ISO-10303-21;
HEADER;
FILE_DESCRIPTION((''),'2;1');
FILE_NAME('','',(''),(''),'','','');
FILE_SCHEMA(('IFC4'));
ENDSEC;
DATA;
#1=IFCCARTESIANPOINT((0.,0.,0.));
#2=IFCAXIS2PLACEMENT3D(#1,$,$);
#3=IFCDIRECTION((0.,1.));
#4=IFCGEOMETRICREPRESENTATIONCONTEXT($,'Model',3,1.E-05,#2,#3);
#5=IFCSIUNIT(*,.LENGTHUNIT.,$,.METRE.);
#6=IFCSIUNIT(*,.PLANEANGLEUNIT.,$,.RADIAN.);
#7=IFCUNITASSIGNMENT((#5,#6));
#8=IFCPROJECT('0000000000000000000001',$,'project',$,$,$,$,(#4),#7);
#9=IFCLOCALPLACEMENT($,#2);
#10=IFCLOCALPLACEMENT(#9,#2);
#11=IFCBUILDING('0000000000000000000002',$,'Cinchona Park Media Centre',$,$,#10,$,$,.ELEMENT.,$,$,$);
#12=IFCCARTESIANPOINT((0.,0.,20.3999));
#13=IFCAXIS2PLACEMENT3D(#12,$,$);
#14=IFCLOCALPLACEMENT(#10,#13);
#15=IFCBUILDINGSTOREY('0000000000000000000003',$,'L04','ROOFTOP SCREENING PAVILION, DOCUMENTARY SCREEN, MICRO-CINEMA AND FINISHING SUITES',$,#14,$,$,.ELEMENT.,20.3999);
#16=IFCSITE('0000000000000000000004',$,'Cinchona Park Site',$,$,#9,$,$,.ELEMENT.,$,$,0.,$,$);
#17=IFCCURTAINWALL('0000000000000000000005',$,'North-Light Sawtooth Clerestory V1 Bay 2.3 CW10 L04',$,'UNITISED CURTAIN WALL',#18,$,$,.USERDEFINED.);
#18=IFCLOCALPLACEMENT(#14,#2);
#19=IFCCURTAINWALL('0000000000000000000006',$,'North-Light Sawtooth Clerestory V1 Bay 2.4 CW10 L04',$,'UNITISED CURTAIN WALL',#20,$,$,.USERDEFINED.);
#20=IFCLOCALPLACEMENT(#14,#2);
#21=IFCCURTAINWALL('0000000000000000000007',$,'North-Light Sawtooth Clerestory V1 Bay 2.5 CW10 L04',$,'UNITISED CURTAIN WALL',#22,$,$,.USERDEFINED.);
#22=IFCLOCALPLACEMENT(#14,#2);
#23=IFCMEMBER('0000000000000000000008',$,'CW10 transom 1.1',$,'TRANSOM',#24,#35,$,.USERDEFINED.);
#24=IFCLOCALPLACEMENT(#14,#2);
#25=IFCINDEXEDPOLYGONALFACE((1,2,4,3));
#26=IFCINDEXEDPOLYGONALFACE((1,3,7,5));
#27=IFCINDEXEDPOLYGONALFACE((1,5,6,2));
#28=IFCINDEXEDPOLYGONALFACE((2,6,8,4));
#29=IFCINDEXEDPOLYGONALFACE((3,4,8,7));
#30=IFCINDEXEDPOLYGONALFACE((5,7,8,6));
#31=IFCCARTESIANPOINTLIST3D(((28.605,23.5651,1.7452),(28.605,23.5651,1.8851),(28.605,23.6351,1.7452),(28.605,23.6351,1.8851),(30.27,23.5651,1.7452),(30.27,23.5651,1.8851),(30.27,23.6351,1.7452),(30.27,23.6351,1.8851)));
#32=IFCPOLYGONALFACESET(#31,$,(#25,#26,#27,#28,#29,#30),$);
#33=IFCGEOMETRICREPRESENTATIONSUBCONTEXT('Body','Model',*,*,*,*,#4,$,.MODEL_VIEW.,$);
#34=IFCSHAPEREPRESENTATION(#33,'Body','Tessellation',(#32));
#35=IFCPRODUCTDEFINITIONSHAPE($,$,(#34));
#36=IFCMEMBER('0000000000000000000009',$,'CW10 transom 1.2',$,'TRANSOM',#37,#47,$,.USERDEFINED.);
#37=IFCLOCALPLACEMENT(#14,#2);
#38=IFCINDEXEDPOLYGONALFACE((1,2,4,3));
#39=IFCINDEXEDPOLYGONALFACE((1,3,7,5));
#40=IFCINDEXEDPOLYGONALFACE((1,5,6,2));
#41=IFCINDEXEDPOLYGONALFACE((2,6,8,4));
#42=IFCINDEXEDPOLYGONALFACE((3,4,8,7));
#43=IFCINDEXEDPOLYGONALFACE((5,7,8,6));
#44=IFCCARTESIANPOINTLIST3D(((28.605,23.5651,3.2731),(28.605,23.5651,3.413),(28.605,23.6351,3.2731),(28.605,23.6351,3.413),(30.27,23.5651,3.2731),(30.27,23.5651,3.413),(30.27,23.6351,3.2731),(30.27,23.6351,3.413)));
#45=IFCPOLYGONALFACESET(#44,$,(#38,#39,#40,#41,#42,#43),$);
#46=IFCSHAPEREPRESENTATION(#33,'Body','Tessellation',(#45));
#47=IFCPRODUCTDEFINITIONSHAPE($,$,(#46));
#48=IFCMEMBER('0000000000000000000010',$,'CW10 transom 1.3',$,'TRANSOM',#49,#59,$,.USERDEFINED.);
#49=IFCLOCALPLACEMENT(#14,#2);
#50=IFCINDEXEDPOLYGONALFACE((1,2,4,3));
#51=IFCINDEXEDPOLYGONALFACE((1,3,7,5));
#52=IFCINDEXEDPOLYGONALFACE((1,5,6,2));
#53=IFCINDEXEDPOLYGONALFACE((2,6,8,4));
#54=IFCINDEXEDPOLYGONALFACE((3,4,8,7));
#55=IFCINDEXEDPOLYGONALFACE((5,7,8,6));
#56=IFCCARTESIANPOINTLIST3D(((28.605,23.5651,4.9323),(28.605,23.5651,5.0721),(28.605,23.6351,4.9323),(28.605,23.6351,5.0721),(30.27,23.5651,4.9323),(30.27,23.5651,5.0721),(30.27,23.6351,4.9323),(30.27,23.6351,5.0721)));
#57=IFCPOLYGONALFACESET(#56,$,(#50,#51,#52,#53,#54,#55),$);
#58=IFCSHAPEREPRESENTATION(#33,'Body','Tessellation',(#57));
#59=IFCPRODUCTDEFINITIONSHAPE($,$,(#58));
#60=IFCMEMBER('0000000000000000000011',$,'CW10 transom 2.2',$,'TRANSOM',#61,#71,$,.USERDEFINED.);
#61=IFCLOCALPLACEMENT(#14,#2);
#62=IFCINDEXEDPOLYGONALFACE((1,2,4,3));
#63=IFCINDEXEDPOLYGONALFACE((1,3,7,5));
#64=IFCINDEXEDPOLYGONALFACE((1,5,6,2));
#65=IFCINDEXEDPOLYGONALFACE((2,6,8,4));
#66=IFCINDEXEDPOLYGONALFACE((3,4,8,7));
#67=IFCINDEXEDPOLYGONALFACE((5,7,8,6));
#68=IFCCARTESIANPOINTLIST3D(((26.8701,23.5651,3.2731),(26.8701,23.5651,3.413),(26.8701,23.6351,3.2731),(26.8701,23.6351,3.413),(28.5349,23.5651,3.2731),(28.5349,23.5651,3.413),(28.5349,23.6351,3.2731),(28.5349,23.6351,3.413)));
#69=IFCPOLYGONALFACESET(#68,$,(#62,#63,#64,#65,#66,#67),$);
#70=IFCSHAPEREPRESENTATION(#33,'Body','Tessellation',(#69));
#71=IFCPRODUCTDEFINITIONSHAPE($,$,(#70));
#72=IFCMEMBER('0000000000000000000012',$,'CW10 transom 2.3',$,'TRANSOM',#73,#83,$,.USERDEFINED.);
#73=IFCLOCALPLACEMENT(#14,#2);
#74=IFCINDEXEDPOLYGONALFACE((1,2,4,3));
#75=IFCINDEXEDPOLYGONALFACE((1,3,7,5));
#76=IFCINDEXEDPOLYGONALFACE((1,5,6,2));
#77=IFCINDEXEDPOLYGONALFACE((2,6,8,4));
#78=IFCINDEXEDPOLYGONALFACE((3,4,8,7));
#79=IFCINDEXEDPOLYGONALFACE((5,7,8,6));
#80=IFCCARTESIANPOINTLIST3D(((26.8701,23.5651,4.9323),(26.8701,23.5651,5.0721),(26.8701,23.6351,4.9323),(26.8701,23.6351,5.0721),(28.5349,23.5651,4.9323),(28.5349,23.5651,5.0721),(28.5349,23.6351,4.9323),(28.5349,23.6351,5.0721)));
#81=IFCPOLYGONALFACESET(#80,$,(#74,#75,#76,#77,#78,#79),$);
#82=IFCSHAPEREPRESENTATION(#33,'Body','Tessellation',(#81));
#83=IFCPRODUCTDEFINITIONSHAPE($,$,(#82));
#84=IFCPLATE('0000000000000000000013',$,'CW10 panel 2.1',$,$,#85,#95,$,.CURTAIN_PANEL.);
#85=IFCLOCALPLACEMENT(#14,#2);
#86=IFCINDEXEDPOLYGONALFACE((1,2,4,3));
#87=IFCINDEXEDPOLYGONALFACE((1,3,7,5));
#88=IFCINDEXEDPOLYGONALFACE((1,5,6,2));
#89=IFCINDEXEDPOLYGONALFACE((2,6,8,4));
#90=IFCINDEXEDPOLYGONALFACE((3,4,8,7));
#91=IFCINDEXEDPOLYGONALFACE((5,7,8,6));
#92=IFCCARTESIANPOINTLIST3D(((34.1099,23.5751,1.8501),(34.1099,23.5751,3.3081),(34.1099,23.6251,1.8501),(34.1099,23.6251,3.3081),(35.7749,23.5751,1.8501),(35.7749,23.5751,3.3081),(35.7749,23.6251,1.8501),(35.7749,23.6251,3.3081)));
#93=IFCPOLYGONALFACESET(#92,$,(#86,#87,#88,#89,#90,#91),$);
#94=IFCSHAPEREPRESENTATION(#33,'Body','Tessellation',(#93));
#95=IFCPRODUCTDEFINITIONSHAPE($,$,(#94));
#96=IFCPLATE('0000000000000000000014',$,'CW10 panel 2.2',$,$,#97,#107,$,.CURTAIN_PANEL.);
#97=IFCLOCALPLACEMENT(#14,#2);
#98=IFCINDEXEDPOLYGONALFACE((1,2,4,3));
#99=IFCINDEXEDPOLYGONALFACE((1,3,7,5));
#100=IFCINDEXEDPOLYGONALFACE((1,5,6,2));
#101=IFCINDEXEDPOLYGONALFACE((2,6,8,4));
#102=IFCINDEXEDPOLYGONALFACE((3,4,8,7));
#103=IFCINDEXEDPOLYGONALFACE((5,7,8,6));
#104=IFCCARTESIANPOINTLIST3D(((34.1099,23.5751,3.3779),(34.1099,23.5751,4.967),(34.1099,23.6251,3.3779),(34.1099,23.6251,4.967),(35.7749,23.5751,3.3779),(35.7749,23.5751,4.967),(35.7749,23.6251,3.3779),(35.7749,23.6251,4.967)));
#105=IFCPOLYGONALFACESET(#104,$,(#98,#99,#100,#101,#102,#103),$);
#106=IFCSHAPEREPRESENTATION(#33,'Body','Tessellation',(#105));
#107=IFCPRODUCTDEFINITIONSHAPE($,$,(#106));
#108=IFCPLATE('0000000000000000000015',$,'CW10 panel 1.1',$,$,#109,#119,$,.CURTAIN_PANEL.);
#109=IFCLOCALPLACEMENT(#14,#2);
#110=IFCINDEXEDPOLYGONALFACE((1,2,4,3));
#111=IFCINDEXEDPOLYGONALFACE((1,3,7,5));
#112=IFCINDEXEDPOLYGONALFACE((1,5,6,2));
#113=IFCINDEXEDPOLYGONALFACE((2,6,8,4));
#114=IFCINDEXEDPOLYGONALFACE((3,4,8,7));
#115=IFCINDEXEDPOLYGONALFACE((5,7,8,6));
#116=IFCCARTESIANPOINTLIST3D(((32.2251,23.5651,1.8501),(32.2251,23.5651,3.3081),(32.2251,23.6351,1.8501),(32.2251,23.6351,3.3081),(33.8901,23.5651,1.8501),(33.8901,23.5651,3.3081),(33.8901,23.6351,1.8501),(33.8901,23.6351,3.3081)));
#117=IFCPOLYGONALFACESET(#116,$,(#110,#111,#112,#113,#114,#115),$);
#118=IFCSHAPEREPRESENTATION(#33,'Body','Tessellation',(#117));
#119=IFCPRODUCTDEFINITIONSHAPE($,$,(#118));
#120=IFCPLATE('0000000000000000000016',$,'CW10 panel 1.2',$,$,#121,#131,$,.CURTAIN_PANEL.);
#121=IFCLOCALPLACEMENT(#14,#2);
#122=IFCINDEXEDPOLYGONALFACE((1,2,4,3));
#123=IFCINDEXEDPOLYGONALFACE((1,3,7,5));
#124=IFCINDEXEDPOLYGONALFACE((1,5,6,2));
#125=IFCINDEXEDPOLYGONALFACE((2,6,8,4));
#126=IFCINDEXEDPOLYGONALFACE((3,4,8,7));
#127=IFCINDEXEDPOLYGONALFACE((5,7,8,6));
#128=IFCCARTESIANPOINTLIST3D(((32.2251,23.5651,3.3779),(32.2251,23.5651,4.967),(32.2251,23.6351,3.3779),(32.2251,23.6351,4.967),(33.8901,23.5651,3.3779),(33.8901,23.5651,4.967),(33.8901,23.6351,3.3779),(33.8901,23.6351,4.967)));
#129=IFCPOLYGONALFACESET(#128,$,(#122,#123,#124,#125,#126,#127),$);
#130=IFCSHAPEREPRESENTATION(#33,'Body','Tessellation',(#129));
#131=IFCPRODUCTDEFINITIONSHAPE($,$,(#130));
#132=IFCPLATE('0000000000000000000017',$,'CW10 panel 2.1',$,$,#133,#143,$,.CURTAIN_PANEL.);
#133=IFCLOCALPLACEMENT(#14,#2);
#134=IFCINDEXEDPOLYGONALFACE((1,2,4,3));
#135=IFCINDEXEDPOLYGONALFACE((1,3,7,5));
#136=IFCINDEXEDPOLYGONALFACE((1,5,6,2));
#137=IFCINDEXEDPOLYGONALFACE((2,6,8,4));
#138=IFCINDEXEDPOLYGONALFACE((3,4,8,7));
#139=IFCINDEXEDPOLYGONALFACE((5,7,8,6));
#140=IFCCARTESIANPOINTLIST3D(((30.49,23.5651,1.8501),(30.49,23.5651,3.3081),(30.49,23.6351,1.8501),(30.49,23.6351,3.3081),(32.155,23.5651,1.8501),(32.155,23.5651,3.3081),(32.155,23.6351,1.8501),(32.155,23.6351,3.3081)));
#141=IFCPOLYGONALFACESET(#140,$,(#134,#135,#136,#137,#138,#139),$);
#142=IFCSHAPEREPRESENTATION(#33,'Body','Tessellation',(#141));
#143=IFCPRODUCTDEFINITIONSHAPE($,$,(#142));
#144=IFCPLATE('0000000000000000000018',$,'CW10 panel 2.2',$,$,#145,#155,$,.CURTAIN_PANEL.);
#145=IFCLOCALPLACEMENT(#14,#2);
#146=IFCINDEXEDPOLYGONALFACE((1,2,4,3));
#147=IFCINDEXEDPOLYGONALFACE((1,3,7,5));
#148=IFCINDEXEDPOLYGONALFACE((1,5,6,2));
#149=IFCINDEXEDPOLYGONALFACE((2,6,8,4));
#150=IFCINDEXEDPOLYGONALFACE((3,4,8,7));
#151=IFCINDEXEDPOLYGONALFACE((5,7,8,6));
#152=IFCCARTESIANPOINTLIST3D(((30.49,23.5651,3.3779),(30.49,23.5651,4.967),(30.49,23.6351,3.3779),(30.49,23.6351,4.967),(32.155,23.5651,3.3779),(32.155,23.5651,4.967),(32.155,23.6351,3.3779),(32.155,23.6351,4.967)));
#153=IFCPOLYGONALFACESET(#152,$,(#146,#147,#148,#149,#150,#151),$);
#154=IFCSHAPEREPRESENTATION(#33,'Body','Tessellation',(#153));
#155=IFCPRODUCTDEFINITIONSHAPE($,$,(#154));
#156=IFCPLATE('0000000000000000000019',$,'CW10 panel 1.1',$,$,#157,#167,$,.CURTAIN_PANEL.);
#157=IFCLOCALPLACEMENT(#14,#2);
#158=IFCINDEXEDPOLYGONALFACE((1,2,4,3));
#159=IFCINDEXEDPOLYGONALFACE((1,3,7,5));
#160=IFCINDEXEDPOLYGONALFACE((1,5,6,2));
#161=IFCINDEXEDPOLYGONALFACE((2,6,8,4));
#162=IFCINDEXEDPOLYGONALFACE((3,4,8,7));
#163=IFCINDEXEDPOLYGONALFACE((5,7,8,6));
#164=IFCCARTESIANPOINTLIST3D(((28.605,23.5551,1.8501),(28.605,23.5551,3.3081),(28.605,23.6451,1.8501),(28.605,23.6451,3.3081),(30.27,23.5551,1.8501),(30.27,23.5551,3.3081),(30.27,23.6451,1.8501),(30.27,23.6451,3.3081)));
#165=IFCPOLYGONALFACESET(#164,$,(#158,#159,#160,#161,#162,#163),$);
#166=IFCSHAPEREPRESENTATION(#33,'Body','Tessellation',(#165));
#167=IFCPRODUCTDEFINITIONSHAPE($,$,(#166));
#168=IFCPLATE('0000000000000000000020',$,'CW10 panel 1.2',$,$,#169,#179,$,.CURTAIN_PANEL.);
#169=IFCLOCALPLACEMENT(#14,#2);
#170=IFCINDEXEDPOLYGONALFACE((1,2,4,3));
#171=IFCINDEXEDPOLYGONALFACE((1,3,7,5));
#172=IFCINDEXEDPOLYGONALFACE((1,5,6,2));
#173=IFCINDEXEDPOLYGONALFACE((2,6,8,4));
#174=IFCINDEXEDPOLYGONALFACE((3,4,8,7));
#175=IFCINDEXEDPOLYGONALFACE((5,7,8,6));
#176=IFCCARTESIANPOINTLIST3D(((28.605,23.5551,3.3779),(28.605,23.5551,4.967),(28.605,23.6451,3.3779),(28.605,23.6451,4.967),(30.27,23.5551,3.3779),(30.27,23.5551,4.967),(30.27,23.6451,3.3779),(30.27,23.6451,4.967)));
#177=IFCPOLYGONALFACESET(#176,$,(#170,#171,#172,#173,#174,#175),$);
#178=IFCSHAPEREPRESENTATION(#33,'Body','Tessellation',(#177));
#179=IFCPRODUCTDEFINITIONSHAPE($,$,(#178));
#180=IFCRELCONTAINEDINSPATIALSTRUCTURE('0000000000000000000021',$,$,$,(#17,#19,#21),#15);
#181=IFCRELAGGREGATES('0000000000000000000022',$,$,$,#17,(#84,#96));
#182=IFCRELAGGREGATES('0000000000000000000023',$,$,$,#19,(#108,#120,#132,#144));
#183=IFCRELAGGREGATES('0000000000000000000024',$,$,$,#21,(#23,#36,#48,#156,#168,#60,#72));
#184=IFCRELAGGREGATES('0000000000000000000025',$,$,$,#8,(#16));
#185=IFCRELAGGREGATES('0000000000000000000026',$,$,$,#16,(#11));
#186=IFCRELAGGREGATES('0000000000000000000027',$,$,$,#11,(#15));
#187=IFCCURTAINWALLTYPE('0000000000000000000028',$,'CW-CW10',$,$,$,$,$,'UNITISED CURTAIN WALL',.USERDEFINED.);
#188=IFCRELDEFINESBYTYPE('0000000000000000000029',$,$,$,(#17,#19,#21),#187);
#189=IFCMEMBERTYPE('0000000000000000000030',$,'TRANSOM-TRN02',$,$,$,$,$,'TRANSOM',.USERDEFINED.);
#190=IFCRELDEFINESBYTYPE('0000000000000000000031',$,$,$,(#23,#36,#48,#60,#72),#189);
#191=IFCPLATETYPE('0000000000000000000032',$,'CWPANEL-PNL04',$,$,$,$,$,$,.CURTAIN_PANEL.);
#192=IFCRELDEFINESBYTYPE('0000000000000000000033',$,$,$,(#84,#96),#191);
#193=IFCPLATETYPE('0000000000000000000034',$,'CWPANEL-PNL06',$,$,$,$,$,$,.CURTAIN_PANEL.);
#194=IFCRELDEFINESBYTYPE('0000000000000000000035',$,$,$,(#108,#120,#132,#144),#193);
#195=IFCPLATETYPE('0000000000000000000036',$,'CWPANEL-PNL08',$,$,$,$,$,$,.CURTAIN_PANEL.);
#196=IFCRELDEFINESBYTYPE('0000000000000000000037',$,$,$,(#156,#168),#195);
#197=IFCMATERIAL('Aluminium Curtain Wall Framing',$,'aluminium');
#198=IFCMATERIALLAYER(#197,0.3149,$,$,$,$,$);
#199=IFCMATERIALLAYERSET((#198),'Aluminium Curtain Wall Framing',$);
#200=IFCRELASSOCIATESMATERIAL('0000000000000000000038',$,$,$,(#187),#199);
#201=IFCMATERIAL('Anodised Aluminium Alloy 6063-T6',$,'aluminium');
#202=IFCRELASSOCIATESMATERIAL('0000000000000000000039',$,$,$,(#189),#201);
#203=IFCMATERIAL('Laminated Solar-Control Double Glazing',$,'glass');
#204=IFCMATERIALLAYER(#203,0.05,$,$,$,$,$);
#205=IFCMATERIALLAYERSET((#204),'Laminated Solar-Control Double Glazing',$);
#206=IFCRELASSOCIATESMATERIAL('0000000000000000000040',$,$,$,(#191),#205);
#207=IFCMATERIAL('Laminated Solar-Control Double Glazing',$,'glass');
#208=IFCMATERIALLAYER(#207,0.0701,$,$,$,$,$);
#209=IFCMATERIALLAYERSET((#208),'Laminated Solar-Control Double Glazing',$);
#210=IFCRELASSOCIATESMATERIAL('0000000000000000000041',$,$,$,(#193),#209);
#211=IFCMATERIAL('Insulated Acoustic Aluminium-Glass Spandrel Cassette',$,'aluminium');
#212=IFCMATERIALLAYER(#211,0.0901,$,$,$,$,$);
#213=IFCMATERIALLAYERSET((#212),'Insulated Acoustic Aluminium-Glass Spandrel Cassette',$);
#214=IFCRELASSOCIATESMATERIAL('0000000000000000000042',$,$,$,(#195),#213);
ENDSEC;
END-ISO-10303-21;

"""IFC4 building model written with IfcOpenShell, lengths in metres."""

from ifc_helpers import new_model, si_unit, direction, frame, origin, origin_2d, place, context, subcontext, project, spatial, rectangle, extrude, material, layer, layer_set, material_profile, profile_set, type_object, element, aggregate, save


model = new_model("IFC4")

# Units and contexts
model_context = context("Model", 3, precision=1e-05, world=origin(), true_north=direction((0.0, 1.0)))
body_context = subcontext(model_context, "Body", "Model", "MODEL_VIEW")
ifc_project = project(units=[si_unit("LENGTHUNIT", "METRE"), si_unit("PLANEANGLEUNIT", "RADIAN")], contexts=[model_context])

# Site, building, storey
site_placement = place(None, origin())
site = spatial("IfcSite", under=ifc_project, at=site_placement, Name="Cinchona Park Site", CompositionType="ELEMENT", RefElevation=0.0)
building_placement = place(site_placement, origin())
building = spatial("IfcBuilding", under=site, at=building_placement, Name="Cinchona Park Media Centre", CompositionType="ELEMENT")
storey_placement = place(building_placement, frame((0.0, 0.0, 20.3999)))
storey = spatial("IfcBuildingStorey", under=building, at=storey_placement, Name="L04", Description="ROOFTOP SCREENING PAVILION, DOCUMENTARY SCREEN, MICRO-CINEMA AND FINISHING SUITES", CompositionType="ELEMENT", Elevation=20.3999)

# Curtain wall
ifc_material_1 = material(Name="Aluminium Curtain Wall Framing", Category="aluminium")
ifc_layer_1 = layer(ifc_material_1, 0.3149)
ifc_layer_set_1 = layer_set([ifc_layer_1], Name="Aluminium Curtain Wall Framing")
curtain_wall_type = type_object("IfcCurtainWallType", Name="CW-CW10", ElementType="UNITISED CURTAIN WALL", PredefinedType="USERDEFINED", material=ifc_layer_set_1)
curtain_wall_1_placement = place(storey_placement, origin())
curtain_wall_1 = element("IfcCurtainWall", 1, at=curtain_wall_1_placement, inside=storey, type_object=curtain_wall_type, Name="North-Light Sawtooth Clerestory V1 Bay 2.3 CW10 L04", ObjectType="UNITISED CURTAIN WALL", PredefinedType="USERDEFINED")

# Curtain walls
curtain_wall_2_placement = place(storey_placement, origin())
curtain_wall_2 = element("IfcCurtainWall", 2, at=curtain_wall_2_placement, inside=storey, type_object=curtain_wall_type, Name="North-Light Sawtooth Clerestory V1 Bay 2.4 CW10 L04", ObjectType="UNITISED CURTAIN WALL", PredefinedType="USERDEFINED")
curtain_wall_3_placement = place(storey_placement, origin())
curtain_wall_3 = element("IfcCurtainWall", 3, at=curtain_wall_3_placement, inside=storey, type_object=curtain_wall_type, Name="North-Light Sawtooth Clerestory V1 Bay 2.5 CW10 L04", ObjectType="UNITISED CURTAIN WALL", PredefinedType="USERDEFINED")

# Members
ifc_material_2 = material(Name="Anodised Aluminium Alloy 6063-T6", Category="aluminium")
ifc_material_profile_1 = material_profile(ifc_material_2, rectangle(XDim=0.0701, YDim=0.1399, at=origin_2d()), Name="TRN-70X140")
ifc_profile_set_1 = profile_set([ifc_material_profile_1], Name="Anodised Aluminium Alloy 6063-T6")
member_type_1 = type_object("IfcMemberType", Name="TRANSOM-TRN02", ElementType="TRANSOM", PredefinedType="USERDEFINED", material=ifc_profile_set_1)
member_1_placement = place(storey_placement, frame((30.27, 23.6001, 1.8152), z_axis=(-1.0, 0.0, 0.0), x_axis=(0.0, -1.0, 0.0)))
member_1 = element("IfcMember", 4, at=member_1_placement, type_object=member_type_1, Name="CW10 transom 1.1", ObjectType="TRANSOM", PredefinedType="USERDEFINED", context=body_context, shape_type="SweptSolid", body=[
    extrude(rectangle(XDim=0.0701, YDim=0.1399, at=origin_2d()), origin(), (0.0, 0.0, 1.0), 1.665),
])
member_2_placement = place(storey_placement, frame((30.27, 23.6001, 3.343), z_axis=(-1.0, 0.0, 0.0), x_axis=(0.0, -1.0, 0.0)))
member_2 = element("IfcMember", 5, at=member_2_placement, type_object=member_type_1, Name="CW10 transom 1.2", ObjectType="TRANSOM", PredefinedType="USERDEFINED", context=body_context, shape_type="SweptSolid", body=[
    extrude(rectangle(XDim=0.0701, YDim=0.1399, at=origin_2d()), origin(), (0.0, 0.0, 1.0), 1.665),
])
member_3_placement = place(storey_placement, frame((30.27, 23.6001, 5.0022), z_axis=(-1.0, 0.0, 0.0), x_axis=(0.0, -1.0, 0.0)))
member_3 = element("IfcMember", 6, at=member_3_placement, type_object=member_type_1, Name="CW10 transom 1.3", ObjectType="TRANSOM", PredefinedType="USERDEFINED", context=body_context, shape_type="SweptSolid", body=[
    extrude(rectangle(XDim=0.0701, YDim=0.1399, at=origin_2d()), origin(), (0.0, 0.0, 1.0), 1.665),
])
member_4_placement = place(storey_placement, frame((28.5349, 23.6001, 3.343), z_axis=(-1.0, 0.0, 0.0), x_axis=(0.0, -1.0, 0.0)))
member_4 = element("IfcMember", 7, at=member_4_placement, type_object=member_type_1, Name="CW10 transom 2.2", ObjectType="TRANSOM", PredefinedType="USERDEFINED", context=body_context, shape_type="SweptSolid", body=[
    extrude(rectangle(XDim=0.0701, YDim=0.1399, at=origin_2d()), origin(), (0.0, 0.0, 1.0), 1.6648),
])
member_5_placement = place(storey_placement, frame((28.5349, 23.6001, 5.0022), z_axis=(-1.0, 0.0, 0.0), x_axis=(0.0, -1.0, 0.0)))
member_5 = element("IfcMember", 8, at=member_5_placement, type_object=member_type_1, Name="CW10 transom 2.3", ObjectType="TRANSOM", PredefinedType="USERDEFINED", context=body_context, shape_type="SweptSolid", body=[
    extrude(rectangle(XDim=0.0701, YDim=0.1399, at=origin_2d()), origin(), (0.0, 0.0, 1.0), 1.6648),
])

# Plates
ifc_material_3 = material(Name="Laminated Solar-Control Double Glazing", Category="glass")
ifc_layer_2 = layer(ifc_material_3, 0.05)
ifc_layer_set_2 = layer_set([ifc_layer_2], Name="Laminated Solar-Control Double Glazing")
plate_type_1 = type_object("IfcPlateType", Name="CWPANEL-PNL04", PredefinedType="CURTAIN_PANEL", material=ifc_layer_set_2)
plate_1_placement = place(storey_placement, frame((34.9424, 23.6001, 1.8501), z_axis=(0.0, 0.0, 1.0), x_axis=(-1.0, 0.0, 0.0)))
plate_1 = element("IfcPlate", 9, at=plate_1_placement, type_object=plate_type_1, Name="CW10 panel 2.1", PredefinedType="CURTAIN_PANEL", context=body_context, shape_type="SweptSolid", body=[
    extrude(rectangle(XDim=1.665, YDim=0.05, at=origin_2d()), origin(), (0.0, 0.0, 1.0), 1.458),
])
plate_2_placement = place(storey_placement, frame((34.9424, 23.6001, 3.3779), z_axis=(0.0, 0.0, 1.0), x_axis=(-1.0, 0.0, 0.0)))
plate_2 = element("IfcPlate", 10, at=plate_2_placement, type_object=plate_type_1, Name="CW10 panel 2.2", PredefinedType="CURTAIN_PANEL", context=body_context, shape_type="SweptSolid", body=[
    extrude(rectangle(XDim=1.665, YDim=0.05, at=origin_2d()), origin(), (0.0, 0.0, 1.0), 1.5891),
])
aggregate(curtain_wall_1, [plate_1, plate_2])
ifc_material_4 = material(Name="Laminated Solar-Control Double Glazing", Category="glass")
ifc_layer_3 = layer(ifc_material_4, 0.0701)
ifc_layer_set_3 = layer_set([ifc_layer_3], Name="Laminated Solar-Control Double Glazing")
plate_type_2 = type_object("IfcPlateType", Name="CWPANEL-PNL06", PredefinedType="CURTAIN_PANEL", material=ifc_layer_set_3)
plate_3_placement = place(storey_placement, frame((33.0576, 23.6001, 1.8501), z_axis=(0.0, 0.0, 1.0), x_axis=(-1.0, 0.0, 0.0)))
plate_3 = element("IfcPlate", 11, at=plate_3_placement, type_object=plate_type_2, Name="CW10 panel 1.1", PredefinedType="CURTAIN_PANEL", context=body_context, shape_type="SweptSolid", body=[
    extrude(rectangle(XDim=1.665, YDim=0.0701, at=origin_2d()), origin(), (0.0, 0.0, 1.0), 1.458),
])
plate_4_placement = place(storey_placement, frame((33.0576, 23.6001, 3.3779), z_axis=(0.0, 0.0, 1.0), x_axis=(-1.0, 0.0, 0.0)))
plate_4 = element("IfcPlate", 12, at=plate_4_placement, type_object=plate_type_2, Name="CW10 panel 1.2", PredefinedType="CURTAIN_PANEL", context=body_context, shape_type="SweptSolid", body=[
    extrude(rectangle(XDim=1.665, YDim=0.0701, at=origin_2d()), origin(), (0.0, 0.0, 1.0), 1.5891),
])
plate_5_placement = place(storey_placement, frame((31.3225, 23.6001, 1.8501), z_axis=(0.0, 0.0, 1.0), x_axis=(-1.0, 0.0, 0.0)))
plate_5 = element("IfcPlate", 13, at=plate_5_placement, type_object=plate_type_2, Name="CW10 panel 2.1", PredefinedType="CURTAIN_PANEL", context=body_context, shape_type="SweptSolid", body=[
    extrude(rectangle(XDim=1.665, YDim=0.0701, at=origin_2d()), origin(), (0.0, 0.0, 1.0), 1.458),
])
plate_6_placement = place(storey_placement, frame((31.3225, 23.6001, 3.3779), z_axis=(0.0, 0.0, 1.0), x_axis=(-1.0, 0.0, 0.0)))
plate_6 = element("IfcPlate", 14, at=plate_6_placement, type_object=plate_type_2, Name="CW10 panel 2.2", PredefinedType="CURTAIN_PANEL", context=body_context, shape_type="SweptSolid", body=[
    extrude(rectangle(XDim=1.665, YDim=0.0701, at=origin_2d()), origin(), (0.0, 0.0, 1.0), 1.5891),
])
aggregate(curtain_wall_2, [plate_3, plate_4, plate_5, plate_6])
ifc_material_5 = material(Name="Insulated Acoustic Aluminium-Glass Spandrel Cassette", Category="aluminium")
ifc_layer_4 = layer(ifc_material_5, 0.0901)
ifc_layer_set_4 = layer_set([ifc_layer_4], Name="Insulated Acoustic Aluminium-Glass Spandrel Cassette")
plate_type_3 = type_object("IfcPlateType", Name="CWPANEL-PNL08", PredefinedType="CURTAIN_PANEL", material=ifc_layer_set_4)
plate_7_placement = place(storey_placement, frame((29.4375, 23.6001, 1.8501), z_axis=(0.0, 0.0, 1.0), x_axis=(-1.0, 0.0, 0.0)))
plate_7 = element("IfcPlate", 15, at=plate_7_placement, type_object=plate_type_3, Name="CW10 panel 1.1", PredefinedType="CURTAIN_PANEL", context=body_context, shape_type="SweptSolid", body=[
    extrude(rectangle(XDim=1.665, YDim=0.0901, at=origin_2d()), origin(), (0.0, 0.0, 1.0), 1.458),
])
plate_8_placement = place(storey_placement, frame((29.4375, 23.6001, 3.3779), z_axis=(0.0, 0.0, 1.0), x_axis=(-1.0, 0.0, 0.0)))
plate_8 = element("IfcPlate", 16, at=plate_8_placement, type_object=plate_type_3, Name="CW10 panel 1.2", PredefinedType="CURTAIN_PANEL", context=body_context, shape_type="SweptSolid", body=[
    extrude(rectangle(XDim=1.665, YDim=0.0901, at=origin_2d()), origin(), (0.0, 0.0, 1.0), 1.5891),
])
aggregate(curtain_wall_3, [member_1, member_2, member_3, plate_7, plate_8, member_4, member_5])

save(model, "model.ifc")
